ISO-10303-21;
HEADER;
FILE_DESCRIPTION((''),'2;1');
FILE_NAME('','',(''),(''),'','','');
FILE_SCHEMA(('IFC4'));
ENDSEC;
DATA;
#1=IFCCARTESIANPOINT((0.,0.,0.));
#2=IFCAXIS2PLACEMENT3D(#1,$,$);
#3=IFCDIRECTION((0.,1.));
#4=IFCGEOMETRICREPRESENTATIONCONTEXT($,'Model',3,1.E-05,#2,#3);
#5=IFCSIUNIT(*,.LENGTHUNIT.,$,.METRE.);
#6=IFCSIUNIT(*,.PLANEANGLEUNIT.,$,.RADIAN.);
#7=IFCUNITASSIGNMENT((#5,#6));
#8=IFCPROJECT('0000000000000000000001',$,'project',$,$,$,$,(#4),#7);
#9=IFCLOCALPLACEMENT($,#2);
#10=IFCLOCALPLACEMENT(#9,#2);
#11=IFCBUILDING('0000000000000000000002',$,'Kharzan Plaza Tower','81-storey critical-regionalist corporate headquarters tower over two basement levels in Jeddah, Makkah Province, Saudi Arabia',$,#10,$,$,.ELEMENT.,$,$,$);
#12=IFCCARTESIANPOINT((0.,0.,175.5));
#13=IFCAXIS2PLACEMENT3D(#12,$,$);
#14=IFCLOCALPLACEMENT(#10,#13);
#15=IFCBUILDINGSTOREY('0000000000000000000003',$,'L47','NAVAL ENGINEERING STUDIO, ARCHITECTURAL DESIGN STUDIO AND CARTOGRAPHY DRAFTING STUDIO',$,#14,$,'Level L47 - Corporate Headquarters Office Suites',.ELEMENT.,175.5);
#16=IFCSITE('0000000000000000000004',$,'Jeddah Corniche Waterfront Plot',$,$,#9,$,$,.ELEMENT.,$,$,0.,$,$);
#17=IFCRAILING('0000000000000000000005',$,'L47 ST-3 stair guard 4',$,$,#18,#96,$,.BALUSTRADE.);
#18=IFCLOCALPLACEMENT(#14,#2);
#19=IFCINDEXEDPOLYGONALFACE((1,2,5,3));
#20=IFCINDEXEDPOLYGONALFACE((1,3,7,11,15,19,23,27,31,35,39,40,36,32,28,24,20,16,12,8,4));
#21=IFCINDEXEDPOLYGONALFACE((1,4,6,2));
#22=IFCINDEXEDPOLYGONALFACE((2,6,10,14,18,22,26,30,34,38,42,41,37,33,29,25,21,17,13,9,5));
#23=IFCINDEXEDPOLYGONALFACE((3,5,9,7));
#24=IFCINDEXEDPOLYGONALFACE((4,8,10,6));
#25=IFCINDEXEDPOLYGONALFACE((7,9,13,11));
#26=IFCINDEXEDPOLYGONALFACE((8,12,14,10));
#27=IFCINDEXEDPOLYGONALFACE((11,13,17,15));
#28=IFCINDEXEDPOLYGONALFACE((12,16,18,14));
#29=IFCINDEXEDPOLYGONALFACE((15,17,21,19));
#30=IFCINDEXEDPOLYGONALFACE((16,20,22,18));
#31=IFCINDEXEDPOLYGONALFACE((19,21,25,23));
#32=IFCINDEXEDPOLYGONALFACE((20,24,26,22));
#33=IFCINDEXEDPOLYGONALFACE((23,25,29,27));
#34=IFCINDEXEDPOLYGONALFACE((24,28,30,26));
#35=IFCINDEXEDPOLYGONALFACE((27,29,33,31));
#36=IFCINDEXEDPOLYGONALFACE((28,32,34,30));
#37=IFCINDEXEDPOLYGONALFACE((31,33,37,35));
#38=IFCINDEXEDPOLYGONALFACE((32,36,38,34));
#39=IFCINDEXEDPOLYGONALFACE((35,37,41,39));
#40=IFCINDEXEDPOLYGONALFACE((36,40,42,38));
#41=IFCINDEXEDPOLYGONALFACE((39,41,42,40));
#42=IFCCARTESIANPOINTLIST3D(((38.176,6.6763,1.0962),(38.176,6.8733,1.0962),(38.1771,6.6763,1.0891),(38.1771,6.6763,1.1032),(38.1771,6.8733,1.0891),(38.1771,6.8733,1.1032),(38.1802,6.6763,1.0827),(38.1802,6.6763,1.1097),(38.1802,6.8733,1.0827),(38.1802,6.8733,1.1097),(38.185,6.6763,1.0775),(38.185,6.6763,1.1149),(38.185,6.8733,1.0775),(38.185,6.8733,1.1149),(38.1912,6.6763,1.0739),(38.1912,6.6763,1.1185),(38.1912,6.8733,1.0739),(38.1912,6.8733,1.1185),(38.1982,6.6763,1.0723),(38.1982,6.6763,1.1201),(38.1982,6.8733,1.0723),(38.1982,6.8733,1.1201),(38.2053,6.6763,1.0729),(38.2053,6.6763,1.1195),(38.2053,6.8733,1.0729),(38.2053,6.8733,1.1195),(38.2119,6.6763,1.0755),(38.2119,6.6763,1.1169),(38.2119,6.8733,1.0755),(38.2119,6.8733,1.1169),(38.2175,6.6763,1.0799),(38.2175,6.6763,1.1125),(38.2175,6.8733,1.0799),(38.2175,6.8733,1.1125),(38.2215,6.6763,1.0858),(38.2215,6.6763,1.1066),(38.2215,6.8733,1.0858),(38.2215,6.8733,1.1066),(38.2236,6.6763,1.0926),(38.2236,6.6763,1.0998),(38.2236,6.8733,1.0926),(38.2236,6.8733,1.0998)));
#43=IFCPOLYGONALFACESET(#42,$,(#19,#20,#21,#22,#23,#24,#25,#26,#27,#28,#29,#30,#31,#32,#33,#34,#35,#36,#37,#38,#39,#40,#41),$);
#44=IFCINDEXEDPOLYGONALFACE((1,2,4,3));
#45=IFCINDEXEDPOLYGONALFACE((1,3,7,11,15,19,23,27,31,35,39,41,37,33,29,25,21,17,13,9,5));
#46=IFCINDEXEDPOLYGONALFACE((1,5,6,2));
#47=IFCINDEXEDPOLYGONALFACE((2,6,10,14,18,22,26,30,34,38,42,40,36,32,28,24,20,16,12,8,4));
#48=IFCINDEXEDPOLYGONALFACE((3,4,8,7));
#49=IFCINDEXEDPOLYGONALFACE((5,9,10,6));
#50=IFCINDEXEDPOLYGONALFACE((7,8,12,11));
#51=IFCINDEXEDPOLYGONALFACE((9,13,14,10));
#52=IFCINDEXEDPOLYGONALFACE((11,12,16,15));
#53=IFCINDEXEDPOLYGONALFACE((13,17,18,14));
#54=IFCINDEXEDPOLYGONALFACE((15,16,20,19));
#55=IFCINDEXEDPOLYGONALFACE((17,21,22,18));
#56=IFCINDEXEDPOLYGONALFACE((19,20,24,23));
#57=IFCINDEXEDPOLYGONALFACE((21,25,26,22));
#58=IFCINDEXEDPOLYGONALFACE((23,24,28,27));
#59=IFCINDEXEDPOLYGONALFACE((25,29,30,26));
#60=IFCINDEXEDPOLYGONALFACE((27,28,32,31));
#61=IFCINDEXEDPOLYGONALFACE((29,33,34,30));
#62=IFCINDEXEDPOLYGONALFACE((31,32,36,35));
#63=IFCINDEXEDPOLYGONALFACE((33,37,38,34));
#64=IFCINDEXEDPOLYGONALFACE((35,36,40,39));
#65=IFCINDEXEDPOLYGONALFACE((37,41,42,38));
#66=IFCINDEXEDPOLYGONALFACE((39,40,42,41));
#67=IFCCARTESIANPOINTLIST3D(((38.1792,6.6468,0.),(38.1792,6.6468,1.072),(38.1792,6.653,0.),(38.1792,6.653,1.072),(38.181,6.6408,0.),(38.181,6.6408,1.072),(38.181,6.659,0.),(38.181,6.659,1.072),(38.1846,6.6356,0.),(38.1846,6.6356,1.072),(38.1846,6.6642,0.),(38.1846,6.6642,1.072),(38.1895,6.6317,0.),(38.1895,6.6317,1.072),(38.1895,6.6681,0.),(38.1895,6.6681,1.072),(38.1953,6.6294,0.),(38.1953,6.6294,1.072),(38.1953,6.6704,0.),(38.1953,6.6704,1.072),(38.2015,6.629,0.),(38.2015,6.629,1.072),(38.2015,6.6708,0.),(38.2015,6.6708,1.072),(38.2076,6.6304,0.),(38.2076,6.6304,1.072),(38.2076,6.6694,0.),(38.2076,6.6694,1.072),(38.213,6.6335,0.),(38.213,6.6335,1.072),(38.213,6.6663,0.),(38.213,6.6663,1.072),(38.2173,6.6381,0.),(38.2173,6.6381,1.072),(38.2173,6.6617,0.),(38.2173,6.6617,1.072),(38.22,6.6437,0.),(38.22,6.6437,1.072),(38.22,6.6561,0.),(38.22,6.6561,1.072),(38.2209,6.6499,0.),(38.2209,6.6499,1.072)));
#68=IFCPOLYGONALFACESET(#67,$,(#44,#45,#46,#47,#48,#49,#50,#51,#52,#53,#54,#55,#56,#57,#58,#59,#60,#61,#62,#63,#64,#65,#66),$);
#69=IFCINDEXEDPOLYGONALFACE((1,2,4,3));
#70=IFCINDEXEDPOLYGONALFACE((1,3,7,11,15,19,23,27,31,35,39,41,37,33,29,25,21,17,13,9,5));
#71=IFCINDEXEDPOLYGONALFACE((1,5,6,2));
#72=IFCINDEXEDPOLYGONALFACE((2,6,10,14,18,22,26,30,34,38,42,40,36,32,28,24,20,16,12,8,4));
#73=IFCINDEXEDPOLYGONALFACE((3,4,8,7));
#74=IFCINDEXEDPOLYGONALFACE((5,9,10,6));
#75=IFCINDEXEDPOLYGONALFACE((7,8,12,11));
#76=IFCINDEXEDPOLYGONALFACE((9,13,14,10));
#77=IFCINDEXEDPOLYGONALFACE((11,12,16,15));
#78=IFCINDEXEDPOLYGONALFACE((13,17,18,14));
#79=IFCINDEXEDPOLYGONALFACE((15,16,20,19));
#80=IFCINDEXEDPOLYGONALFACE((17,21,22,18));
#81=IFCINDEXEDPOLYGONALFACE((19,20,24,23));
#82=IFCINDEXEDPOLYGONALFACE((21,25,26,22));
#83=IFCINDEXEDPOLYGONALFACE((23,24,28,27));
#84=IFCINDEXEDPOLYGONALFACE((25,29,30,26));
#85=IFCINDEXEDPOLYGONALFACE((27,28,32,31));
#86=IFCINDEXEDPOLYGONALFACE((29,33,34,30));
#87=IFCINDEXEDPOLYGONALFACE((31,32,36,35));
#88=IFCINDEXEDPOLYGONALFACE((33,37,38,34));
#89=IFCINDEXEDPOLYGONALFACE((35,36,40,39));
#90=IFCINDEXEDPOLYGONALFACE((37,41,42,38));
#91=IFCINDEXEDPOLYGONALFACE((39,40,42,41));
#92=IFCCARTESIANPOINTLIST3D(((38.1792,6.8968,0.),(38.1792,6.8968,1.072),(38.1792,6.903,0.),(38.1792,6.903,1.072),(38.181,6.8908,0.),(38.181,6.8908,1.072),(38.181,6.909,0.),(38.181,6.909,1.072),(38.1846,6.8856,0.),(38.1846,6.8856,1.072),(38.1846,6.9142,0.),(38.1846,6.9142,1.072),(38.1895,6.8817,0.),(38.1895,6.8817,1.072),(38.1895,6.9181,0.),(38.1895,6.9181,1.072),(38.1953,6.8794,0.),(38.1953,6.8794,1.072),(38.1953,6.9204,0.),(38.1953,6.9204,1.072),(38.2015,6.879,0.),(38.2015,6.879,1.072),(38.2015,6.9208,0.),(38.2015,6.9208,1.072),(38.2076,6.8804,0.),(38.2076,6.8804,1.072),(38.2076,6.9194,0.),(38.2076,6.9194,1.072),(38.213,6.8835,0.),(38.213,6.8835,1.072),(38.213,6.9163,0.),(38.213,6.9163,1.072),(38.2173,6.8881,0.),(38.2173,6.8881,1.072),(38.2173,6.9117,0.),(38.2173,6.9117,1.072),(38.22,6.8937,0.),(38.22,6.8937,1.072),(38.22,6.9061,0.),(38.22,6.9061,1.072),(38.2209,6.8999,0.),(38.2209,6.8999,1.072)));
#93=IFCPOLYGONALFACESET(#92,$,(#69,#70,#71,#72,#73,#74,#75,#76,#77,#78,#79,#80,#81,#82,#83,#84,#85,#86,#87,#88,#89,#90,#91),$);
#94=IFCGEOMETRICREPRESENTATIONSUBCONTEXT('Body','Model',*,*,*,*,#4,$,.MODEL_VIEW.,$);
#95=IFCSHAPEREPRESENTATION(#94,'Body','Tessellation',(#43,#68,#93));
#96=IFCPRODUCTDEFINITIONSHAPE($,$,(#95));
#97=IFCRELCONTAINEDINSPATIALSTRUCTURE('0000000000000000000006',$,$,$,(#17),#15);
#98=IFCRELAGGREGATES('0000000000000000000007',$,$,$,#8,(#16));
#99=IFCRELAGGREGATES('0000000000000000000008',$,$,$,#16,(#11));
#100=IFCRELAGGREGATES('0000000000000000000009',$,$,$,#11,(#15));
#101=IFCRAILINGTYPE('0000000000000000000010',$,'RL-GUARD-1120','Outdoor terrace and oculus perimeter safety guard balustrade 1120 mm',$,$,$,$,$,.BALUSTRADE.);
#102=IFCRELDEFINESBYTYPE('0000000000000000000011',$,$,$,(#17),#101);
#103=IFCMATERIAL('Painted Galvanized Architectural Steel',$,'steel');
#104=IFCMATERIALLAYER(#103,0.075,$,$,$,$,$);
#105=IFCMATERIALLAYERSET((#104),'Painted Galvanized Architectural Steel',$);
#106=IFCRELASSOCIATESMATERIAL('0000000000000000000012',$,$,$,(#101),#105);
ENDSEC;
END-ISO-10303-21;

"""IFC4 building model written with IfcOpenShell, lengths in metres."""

from ifc_helpers import new_model, si_unit, direction, frame, origin, origin_2d, place, context, subcontext, project, spatial, circle, extrude, source, transform, mapped, material, layer, layer_set, type_object, element, save


model = new_model("IFC4")

# Units and contexts
model_context = context("Model", 3, precision=1e-05, world=origin(), true_north=direction((0.0, 1.0)))
body_context = subcontext(model_context, "Body", "Model", "MODEL_VIEW")
ifc_project = project(units=[si_unit("LENGTHUNIT", "METRE"), si_unit("PLANEANGLEUNIT", "RADIAN")], contexts=[model_context])

# Site, building, storey
site_placement = place(None, origin())
site = spatial("IfcSite", under=ifc_project, at=site_placement, Name="Jeddah Corniche Waterfront Plot", CompositionType="ELEMENT", RefElevation=0.0)
building_placement = place(site_placement, origin())
building = spatial("IfcBuilding", under=site, at=building_placement, Name="Kharzan Plaza Tower", Description="81-storey critical-regionalist corporate headquarters tower over two basement levels in Jeddah, Makkah Province, Saudi Arabia", CompositionType="ELEMENT")
storey_placement = place(building_placement, frame((0.0, 0.0, 175.5)))
storey = spatial("IfcBuildingStorey", under=building, at=storey_placement, Name="L47", Description="NAVAL ENGINEERING STUDIO, ARCHITECTURAL DESIGN STUDIO AND CARTOGRAPHY DRAFTING STUDIO", LongName="Level L47 - Corporate Headquarters Office Suites", CompositionType="ELEMENT", Elevation=175.5)

# Railing
ifc_material_1 = material(Name="Painted Galvanized Architectural Steel", Category="steel")
ifc_layer_1 = layer(ifc_material_1, 0.075)
ifc_layer_set_1 = layer_set([ifc_layer_1], Name="Painted Galvanized Architectural Steel")
railing_type_1 = type_object("IfcRailingType", Name="RL-GUARD-1120", Description="Outdoor terrace and oculus perimeter safety guard balustrade 1120 mm", PredefinedType="BALUSTRADE", material=ifc_layer_set_1)
shared_shape_1 = source(origin(), body_context, "Body", "SweptSolid", [
    extrude(circle(Radius=0.0239, at=origin_2d()), frame((0.0, 0.0264, 1.0962), z_axis=(0.0, 1.0, 0.0), x_axis=(-1.0, 0.0, 0.0)), (0.0, 0.0, 1.0), 0.197),
    extrude(circle(Radius=0.021, at=origin_2d()), origin(), (0.0, 0.0, 1.0), 1.072),
    extrude(circle(Radius=0.021, at=origin_2d()), frame((0.0, 0.25, 0.0)), (0.0, 0.0, 1.0), 1.072),
])
railing_1_placement = place(storey_placement, frame((38.2, 6.6499, 0.0)))
element("IfcRailing", 1, at=railing_1_placement, inside=storey, type_object=railing_type_1, Name="L47 ST-3 stair guard 4", PredefinedType="BALUSTRADE", context=body_context, shape_type="MappedRepresentation", body=[
    mapped(shared_shape_1, transform((0.0, 0.0, 0.0), x_axis=(1.0, 0.0, 0.0), y_axis=(0.0, 1.0, 0.0), z_axis=(0.0, 0.0, 1.0))),
])

save(model, "model.ifc")
